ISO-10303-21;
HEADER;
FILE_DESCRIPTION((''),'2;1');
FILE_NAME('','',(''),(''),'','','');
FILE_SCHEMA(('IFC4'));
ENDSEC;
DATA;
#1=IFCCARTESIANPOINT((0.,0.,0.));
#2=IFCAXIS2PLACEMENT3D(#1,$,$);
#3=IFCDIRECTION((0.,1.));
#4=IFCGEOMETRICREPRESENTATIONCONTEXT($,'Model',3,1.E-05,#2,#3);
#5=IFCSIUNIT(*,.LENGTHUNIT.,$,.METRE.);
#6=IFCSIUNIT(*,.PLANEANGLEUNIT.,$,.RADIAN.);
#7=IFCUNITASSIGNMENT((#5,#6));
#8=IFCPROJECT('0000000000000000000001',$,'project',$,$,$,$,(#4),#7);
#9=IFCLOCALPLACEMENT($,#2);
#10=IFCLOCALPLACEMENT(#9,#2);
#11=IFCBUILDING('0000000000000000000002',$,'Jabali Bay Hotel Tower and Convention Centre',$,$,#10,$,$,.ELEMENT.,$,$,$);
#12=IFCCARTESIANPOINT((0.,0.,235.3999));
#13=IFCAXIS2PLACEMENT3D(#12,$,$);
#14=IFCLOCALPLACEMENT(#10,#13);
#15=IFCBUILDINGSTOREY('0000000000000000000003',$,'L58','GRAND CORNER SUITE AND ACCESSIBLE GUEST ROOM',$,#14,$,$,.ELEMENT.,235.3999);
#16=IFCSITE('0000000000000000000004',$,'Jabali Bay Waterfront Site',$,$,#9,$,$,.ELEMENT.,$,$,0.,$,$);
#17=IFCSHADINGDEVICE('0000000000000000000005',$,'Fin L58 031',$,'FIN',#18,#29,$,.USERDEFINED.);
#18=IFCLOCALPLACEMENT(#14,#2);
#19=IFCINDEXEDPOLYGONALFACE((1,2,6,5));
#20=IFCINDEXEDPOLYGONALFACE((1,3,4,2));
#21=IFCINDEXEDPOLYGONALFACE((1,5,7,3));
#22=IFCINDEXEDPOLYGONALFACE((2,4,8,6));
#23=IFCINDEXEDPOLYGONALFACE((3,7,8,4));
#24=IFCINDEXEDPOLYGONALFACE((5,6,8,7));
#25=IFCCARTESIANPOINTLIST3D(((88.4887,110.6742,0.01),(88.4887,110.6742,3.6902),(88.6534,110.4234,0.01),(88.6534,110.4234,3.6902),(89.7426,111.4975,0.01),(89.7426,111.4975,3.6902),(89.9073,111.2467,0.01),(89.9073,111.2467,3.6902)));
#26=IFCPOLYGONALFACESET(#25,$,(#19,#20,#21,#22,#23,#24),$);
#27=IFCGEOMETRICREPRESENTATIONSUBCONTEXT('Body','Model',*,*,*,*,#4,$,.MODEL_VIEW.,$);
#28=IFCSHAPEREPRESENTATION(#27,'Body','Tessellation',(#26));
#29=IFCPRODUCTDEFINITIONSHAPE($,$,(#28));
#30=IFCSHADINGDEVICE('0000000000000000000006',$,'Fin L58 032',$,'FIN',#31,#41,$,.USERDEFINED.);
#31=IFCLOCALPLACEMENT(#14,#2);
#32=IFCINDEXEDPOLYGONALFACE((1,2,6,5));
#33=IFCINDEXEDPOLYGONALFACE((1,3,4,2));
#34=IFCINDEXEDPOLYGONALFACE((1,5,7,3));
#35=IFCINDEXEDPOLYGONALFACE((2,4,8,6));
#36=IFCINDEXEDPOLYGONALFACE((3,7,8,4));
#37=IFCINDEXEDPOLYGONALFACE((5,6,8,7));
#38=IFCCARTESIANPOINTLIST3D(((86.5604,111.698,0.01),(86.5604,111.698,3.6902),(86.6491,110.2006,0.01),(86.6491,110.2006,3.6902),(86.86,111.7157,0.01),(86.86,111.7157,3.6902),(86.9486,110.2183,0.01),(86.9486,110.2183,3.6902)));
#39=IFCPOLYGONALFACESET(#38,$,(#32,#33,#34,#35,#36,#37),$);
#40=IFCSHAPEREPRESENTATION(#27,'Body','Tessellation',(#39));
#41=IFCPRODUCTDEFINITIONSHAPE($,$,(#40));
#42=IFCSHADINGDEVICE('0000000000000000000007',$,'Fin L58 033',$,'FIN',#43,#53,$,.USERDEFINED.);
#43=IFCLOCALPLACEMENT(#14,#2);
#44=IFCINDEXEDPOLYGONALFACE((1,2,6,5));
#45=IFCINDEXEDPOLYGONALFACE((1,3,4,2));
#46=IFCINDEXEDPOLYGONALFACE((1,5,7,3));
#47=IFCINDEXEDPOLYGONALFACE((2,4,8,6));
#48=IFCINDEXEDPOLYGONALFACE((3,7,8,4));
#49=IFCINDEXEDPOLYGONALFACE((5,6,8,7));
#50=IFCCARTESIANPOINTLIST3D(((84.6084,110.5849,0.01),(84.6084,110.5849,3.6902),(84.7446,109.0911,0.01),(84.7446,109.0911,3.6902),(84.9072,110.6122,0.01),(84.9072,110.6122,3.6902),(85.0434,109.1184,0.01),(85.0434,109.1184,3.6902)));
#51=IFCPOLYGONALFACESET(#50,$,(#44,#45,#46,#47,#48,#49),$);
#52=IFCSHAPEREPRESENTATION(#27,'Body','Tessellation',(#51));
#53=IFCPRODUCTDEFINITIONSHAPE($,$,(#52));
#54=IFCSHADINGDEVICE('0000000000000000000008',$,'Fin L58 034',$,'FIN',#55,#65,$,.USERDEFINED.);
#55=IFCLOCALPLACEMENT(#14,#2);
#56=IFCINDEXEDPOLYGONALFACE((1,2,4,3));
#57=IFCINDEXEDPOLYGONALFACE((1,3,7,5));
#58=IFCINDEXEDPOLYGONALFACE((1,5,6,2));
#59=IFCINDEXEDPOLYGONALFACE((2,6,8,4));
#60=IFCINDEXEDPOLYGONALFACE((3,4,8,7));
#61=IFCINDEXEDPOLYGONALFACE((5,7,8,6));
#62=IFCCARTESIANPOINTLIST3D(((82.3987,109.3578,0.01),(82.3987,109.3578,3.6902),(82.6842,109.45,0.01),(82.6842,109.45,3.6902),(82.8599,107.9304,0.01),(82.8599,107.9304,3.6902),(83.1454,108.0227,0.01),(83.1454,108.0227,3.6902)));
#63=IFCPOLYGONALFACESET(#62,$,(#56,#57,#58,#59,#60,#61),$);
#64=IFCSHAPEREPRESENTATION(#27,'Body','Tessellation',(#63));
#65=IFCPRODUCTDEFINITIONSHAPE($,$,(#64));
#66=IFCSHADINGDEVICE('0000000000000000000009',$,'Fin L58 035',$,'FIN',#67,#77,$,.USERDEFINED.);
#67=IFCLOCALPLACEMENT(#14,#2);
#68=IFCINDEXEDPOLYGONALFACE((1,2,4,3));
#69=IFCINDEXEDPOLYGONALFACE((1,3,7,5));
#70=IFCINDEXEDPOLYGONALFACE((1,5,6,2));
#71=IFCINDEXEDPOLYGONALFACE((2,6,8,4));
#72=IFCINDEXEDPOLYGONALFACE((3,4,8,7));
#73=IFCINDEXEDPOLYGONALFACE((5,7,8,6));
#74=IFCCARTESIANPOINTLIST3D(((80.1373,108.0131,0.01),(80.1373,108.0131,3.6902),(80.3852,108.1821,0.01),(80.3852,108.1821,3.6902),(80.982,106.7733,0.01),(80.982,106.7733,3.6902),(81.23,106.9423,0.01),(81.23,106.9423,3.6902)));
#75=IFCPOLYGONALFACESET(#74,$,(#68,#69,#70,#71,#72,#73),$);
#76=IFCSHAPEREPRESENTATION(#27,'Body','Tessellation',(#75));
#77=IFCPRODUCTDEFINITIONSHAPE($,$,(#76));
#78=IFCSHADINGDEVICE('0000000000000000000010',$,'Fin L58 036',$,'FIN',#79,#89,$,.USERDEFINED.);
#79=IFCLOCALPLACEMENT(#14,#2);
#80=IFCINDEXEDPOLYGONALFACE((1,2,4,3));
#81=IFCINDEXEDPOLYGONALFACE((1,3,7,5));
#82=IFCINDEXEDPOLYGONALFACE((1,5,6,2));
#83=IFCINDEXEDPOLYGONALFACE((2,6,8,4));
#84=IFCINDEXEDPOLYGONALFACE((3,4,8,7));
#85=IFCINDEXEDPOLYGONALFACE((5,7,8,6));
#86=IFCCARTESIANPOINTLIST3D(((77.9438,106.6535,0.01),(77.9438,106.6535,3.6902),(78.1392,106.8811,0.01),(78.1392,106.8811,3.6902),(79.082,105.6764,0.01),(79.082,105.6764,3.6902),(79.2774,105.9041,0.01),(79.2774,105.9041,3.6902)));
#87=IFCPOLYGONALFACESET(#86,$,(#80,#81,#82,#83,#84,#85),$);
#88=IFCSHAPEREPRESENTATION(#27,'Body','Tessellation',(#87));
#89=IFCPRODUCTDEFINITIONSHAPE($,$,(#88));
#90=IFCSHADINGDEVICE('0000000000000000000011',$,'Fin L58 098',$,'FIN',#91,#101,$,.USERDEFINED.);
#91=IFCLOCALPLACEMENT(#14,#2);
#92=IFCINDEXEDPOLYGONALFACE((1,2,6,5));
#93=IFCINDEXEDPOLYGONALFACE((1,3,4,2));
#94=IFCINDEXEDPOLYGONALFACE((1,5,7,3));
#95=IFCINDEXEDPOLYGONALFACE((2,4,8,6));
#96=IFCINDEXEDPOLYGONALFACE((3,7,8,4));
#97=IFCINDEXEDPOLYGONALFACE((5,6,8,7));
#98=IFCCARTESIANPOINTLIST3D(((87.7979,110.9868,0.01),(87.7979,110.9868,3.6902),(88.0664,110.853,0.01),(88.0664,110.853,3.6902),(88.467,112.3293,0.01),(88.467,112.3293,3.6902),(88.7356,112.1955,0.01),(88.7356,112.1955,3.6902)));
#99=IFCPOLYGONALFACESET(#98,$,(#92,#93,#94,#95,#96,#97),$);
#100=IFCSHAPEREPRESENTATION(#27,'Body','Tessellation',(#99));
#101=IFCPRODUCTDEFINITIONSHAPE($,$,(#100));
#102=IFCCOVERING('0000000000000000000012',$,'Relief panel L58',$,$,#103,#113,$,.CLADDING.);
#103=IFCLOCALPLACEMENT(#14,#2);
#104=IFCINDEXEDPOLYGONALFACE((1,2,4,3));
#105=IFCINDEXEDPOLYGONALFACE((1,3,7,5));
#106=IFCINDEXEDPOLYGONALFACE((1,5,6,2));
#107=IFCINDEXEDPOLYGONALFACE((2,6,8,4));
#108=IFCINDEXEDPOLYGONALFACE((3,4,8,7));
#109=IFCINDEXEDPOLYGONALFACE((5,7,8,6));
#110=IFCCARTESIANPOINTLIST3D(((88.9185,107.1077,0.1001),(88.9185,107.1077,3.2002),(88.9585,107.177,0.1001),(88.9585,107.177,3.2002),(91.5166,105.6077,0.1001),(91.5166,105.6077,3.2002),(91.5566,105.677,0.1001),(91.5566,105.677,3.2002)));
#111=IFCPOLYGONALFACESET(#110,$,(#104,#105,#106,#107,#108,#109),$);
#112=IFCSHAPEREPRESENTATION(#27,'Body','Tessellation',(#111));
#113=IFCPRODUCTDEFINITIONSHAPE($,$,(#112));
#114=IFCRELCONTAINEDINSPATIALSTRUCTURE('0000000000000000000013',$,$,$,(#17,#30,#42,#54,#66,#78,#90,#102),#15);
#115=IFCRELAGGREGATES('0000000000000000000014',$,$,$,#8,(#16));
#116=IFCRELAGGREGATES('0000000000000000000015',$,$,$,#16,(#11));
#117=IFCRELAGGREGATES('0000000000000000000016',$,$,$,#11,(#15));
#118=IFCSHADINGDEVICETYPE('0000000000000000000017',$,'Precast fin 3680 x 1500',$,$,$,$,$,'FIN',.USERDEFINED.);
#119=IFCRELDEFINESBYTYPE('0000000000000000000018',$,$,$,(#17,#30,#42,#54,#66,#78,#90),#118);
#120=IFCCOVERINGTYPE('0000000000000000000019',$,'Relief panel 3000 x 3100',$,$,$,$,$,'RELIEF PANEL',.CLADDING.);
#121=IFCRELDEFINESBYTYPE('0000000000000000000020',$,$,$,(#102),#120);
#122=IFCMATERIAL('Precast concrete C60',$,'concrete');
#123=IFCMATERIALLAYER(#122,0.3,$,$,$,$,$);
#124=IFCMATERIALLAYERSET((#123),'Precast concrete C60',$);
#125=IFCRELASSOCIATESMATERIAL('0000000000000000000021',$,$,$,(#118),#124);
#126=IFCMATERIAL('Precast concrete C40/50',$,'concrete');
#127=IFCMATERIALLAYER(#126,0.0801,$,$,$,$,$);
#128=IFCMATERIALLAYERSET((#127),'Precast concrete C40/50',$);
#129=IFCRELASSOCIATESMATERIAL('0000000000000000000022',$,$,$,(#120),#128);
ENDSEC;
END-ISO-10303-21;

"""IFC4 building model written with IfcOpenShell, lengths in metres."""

from ifc_helpers import new_model, si_unit, direction, frame, frame_2d, origin, origin_2d, place, context, subcontext, project, spatial, rectangle, extrude, material, layer, layer_set, type_object, element, save


model = new_model("IFC4")

# Units and contexts
model_context = context("Model", 3, precision=1e-05, world=origin(), true_north=direction((0.0, 1.0)))
body_context = subcontext(model_context, "Body", "Model", "MODEL_VIEW")
ifc_project = project(units=[si_unit("LENGTHUNIT", "METRE"), si_unit("PLANEANGLEUNIT", "RADIAN")], contexts=[model_context])

# Site, building, storey
site_placement = place(None, origin())
site = spatial("IfcSite", under=ifc_project, at=site_placement, Name="Jabali Bay Waterfront Site", CompositionType="ELEMENT", RefElevation=0.0)
building_placement = place(site_placement, origin())
building = spatial("IfcBuilding", under=site, at=building_placement, Name="Jabali Bay Hotel Tower and Convention Centre", CompositionType="ELEMENT")
storey_placement = place(building_placement, frame((0.0, 0.0, 235.3999)))
storey = spatial("IfcBuildingStorey", under=building, at=storey_placement, Name="L58", Description="GRAND CORNER SUITE AND ACCESSIBLE GUEST ROOM", CompositionType="ELEMENT", Elevation=235.3999)

# Shading devices
ifc_material_1 = material(Name="Precast concrete C60", Category="concrete")
ifc_layer_1 = layer(ifc_material_1, 0.3)
ifc_layer_set_1 = layer_set([ifc_layer_1], Name="Precast concrete C60")
shading_device_type = type_object("IfcShadingDeviceType", Name="Precast fin 3680 x 1500", ElementType="FIN", PredefinedType="USERDEFINED", material=ifc_layer_set_1)
for number, where, z_axis, x_axis, name in (
    (1, (88.571, 110.5488, 0.01), (0.0, 0.0, 1.0), (0.835936, 0.548827, 0.0), "Fin L58 031"),
    (2, (86.7988, 110.2095, 0.01), (0.0, 0.0, 1.0), (-0.059085, 0.998253, 0.0), "Fin L58 032"),
    (3, (84.894, 109.1047, 0.01), (0.0, 0.0, 1.0), (-0.090815, 0.995868, 0.0), "Fin L58 033"),
    (4, (83.0027, 107.9766, 0.01), (0.0, 0.0, 1.0), (-0.307474, 0.951557, 0.0), "Fin L58 034"),
):
    element("IfcShadingDevice", number, at=place(storey_placement, frame(where, z_axis=z_axis, x_axis=x_axis)), inside=storey, type_object=shading_device_type, Name=name, ObjectType="FIN", PredefinedType="USERDEFINED", context=body_context, shape_type="SweptSolid", body=[
        extrude(rectangle(XDim=1.5, YDim=0.3, at=frame_2d((0.75, 0.0))), origin(), (0.0, 0.0, 1.0), 3.6802),
    ])
shading_device_placement = place(storey_placement, frame((81.106, 106.8579, 0.01), z_axis=(0.0, 0.0, 1.0), x_axis=(-0.563084, 0.826399, 0.0)))
element("IfcShadingDevice", 5, at=shading_device_placement, inside=storey, type_object=shading_device_type, Name="Fin L58 035", ObjectType="FIN", PredefinedType="USERDEFINED", context=body_context, shape_type="SweptSolid", body=[
    extrude(rectangle(XDim=1.5002, YDim=0.3, at=frame_2d((0.75, 0.0))), origin(), (0.0, 0.0, 1.0), 3.6802),
])
for number, where, z_axis, x_axis, name in (
    (6, (79.1797, 105.7903, 0.01), (0.0, 0.0, 1.0), (-0.758774, 0.651354, 0.0), "Fin L58 036"),
    (7, (87.9321, 110.9199, 0.01), (0.0, 0.0, 1.0), (0.446107, 0.89498, 0.0), "Fin L58 098"),
):
    element("IfcShadingDevice", number, at=place(storey_placement, frame(where, z_axis=z_axis, x_axis=x_axis)), inside=storey, type_object=shading_device_type, Name=name, ObjectType="FIN", PredefinedType="USERDEFINED", context=body_context, shape_type="SweptSolid", body=[
        extrude(rectangle(XDim=1.5, YDim=0.3, at=frame_2d((0.75, 0.0))), origin(), (0.0, 0.0, 1.0), 3.6802),
    ])

# Covering
ifc_material_2 = material(Name="Precast concrete C40/50", Category="concrete")
ifc_layer_2 = layer(ifc_material_2, 0.0801)
ifc_layer_set_2 = layer_set([ifc_layer_2], Name="Precast concrete C40/50")
covering_type = type_object("IfcCoveringType", Name="Relief panel 3000 x 3100", ElementType="RELIEF PANEL", PredefinedType="CLADDING", material=ifc_layer_set_2)
covering_placement = place(storey_placement, frame((90.2375, 106.3923, 0.1001), z_axis=(0.0, 0.0, 1.0), x_axis=(0.866025, -0.5, 0.0)))
element("IfcCovering", 8, at=covering_placement, inside=storey, type_object=covering_type, Name="Relief panel L58", PredefinedType="CLADDING", context=body_context, shape_type="SweptSolid", body=[
    extrude(rectangle(XDim=3.0, YDim=0.0801, at=origin_2d()), origin(), (0.0, 0.0, 1.0), 3.1001),
])

save(model, "model.ifc")
